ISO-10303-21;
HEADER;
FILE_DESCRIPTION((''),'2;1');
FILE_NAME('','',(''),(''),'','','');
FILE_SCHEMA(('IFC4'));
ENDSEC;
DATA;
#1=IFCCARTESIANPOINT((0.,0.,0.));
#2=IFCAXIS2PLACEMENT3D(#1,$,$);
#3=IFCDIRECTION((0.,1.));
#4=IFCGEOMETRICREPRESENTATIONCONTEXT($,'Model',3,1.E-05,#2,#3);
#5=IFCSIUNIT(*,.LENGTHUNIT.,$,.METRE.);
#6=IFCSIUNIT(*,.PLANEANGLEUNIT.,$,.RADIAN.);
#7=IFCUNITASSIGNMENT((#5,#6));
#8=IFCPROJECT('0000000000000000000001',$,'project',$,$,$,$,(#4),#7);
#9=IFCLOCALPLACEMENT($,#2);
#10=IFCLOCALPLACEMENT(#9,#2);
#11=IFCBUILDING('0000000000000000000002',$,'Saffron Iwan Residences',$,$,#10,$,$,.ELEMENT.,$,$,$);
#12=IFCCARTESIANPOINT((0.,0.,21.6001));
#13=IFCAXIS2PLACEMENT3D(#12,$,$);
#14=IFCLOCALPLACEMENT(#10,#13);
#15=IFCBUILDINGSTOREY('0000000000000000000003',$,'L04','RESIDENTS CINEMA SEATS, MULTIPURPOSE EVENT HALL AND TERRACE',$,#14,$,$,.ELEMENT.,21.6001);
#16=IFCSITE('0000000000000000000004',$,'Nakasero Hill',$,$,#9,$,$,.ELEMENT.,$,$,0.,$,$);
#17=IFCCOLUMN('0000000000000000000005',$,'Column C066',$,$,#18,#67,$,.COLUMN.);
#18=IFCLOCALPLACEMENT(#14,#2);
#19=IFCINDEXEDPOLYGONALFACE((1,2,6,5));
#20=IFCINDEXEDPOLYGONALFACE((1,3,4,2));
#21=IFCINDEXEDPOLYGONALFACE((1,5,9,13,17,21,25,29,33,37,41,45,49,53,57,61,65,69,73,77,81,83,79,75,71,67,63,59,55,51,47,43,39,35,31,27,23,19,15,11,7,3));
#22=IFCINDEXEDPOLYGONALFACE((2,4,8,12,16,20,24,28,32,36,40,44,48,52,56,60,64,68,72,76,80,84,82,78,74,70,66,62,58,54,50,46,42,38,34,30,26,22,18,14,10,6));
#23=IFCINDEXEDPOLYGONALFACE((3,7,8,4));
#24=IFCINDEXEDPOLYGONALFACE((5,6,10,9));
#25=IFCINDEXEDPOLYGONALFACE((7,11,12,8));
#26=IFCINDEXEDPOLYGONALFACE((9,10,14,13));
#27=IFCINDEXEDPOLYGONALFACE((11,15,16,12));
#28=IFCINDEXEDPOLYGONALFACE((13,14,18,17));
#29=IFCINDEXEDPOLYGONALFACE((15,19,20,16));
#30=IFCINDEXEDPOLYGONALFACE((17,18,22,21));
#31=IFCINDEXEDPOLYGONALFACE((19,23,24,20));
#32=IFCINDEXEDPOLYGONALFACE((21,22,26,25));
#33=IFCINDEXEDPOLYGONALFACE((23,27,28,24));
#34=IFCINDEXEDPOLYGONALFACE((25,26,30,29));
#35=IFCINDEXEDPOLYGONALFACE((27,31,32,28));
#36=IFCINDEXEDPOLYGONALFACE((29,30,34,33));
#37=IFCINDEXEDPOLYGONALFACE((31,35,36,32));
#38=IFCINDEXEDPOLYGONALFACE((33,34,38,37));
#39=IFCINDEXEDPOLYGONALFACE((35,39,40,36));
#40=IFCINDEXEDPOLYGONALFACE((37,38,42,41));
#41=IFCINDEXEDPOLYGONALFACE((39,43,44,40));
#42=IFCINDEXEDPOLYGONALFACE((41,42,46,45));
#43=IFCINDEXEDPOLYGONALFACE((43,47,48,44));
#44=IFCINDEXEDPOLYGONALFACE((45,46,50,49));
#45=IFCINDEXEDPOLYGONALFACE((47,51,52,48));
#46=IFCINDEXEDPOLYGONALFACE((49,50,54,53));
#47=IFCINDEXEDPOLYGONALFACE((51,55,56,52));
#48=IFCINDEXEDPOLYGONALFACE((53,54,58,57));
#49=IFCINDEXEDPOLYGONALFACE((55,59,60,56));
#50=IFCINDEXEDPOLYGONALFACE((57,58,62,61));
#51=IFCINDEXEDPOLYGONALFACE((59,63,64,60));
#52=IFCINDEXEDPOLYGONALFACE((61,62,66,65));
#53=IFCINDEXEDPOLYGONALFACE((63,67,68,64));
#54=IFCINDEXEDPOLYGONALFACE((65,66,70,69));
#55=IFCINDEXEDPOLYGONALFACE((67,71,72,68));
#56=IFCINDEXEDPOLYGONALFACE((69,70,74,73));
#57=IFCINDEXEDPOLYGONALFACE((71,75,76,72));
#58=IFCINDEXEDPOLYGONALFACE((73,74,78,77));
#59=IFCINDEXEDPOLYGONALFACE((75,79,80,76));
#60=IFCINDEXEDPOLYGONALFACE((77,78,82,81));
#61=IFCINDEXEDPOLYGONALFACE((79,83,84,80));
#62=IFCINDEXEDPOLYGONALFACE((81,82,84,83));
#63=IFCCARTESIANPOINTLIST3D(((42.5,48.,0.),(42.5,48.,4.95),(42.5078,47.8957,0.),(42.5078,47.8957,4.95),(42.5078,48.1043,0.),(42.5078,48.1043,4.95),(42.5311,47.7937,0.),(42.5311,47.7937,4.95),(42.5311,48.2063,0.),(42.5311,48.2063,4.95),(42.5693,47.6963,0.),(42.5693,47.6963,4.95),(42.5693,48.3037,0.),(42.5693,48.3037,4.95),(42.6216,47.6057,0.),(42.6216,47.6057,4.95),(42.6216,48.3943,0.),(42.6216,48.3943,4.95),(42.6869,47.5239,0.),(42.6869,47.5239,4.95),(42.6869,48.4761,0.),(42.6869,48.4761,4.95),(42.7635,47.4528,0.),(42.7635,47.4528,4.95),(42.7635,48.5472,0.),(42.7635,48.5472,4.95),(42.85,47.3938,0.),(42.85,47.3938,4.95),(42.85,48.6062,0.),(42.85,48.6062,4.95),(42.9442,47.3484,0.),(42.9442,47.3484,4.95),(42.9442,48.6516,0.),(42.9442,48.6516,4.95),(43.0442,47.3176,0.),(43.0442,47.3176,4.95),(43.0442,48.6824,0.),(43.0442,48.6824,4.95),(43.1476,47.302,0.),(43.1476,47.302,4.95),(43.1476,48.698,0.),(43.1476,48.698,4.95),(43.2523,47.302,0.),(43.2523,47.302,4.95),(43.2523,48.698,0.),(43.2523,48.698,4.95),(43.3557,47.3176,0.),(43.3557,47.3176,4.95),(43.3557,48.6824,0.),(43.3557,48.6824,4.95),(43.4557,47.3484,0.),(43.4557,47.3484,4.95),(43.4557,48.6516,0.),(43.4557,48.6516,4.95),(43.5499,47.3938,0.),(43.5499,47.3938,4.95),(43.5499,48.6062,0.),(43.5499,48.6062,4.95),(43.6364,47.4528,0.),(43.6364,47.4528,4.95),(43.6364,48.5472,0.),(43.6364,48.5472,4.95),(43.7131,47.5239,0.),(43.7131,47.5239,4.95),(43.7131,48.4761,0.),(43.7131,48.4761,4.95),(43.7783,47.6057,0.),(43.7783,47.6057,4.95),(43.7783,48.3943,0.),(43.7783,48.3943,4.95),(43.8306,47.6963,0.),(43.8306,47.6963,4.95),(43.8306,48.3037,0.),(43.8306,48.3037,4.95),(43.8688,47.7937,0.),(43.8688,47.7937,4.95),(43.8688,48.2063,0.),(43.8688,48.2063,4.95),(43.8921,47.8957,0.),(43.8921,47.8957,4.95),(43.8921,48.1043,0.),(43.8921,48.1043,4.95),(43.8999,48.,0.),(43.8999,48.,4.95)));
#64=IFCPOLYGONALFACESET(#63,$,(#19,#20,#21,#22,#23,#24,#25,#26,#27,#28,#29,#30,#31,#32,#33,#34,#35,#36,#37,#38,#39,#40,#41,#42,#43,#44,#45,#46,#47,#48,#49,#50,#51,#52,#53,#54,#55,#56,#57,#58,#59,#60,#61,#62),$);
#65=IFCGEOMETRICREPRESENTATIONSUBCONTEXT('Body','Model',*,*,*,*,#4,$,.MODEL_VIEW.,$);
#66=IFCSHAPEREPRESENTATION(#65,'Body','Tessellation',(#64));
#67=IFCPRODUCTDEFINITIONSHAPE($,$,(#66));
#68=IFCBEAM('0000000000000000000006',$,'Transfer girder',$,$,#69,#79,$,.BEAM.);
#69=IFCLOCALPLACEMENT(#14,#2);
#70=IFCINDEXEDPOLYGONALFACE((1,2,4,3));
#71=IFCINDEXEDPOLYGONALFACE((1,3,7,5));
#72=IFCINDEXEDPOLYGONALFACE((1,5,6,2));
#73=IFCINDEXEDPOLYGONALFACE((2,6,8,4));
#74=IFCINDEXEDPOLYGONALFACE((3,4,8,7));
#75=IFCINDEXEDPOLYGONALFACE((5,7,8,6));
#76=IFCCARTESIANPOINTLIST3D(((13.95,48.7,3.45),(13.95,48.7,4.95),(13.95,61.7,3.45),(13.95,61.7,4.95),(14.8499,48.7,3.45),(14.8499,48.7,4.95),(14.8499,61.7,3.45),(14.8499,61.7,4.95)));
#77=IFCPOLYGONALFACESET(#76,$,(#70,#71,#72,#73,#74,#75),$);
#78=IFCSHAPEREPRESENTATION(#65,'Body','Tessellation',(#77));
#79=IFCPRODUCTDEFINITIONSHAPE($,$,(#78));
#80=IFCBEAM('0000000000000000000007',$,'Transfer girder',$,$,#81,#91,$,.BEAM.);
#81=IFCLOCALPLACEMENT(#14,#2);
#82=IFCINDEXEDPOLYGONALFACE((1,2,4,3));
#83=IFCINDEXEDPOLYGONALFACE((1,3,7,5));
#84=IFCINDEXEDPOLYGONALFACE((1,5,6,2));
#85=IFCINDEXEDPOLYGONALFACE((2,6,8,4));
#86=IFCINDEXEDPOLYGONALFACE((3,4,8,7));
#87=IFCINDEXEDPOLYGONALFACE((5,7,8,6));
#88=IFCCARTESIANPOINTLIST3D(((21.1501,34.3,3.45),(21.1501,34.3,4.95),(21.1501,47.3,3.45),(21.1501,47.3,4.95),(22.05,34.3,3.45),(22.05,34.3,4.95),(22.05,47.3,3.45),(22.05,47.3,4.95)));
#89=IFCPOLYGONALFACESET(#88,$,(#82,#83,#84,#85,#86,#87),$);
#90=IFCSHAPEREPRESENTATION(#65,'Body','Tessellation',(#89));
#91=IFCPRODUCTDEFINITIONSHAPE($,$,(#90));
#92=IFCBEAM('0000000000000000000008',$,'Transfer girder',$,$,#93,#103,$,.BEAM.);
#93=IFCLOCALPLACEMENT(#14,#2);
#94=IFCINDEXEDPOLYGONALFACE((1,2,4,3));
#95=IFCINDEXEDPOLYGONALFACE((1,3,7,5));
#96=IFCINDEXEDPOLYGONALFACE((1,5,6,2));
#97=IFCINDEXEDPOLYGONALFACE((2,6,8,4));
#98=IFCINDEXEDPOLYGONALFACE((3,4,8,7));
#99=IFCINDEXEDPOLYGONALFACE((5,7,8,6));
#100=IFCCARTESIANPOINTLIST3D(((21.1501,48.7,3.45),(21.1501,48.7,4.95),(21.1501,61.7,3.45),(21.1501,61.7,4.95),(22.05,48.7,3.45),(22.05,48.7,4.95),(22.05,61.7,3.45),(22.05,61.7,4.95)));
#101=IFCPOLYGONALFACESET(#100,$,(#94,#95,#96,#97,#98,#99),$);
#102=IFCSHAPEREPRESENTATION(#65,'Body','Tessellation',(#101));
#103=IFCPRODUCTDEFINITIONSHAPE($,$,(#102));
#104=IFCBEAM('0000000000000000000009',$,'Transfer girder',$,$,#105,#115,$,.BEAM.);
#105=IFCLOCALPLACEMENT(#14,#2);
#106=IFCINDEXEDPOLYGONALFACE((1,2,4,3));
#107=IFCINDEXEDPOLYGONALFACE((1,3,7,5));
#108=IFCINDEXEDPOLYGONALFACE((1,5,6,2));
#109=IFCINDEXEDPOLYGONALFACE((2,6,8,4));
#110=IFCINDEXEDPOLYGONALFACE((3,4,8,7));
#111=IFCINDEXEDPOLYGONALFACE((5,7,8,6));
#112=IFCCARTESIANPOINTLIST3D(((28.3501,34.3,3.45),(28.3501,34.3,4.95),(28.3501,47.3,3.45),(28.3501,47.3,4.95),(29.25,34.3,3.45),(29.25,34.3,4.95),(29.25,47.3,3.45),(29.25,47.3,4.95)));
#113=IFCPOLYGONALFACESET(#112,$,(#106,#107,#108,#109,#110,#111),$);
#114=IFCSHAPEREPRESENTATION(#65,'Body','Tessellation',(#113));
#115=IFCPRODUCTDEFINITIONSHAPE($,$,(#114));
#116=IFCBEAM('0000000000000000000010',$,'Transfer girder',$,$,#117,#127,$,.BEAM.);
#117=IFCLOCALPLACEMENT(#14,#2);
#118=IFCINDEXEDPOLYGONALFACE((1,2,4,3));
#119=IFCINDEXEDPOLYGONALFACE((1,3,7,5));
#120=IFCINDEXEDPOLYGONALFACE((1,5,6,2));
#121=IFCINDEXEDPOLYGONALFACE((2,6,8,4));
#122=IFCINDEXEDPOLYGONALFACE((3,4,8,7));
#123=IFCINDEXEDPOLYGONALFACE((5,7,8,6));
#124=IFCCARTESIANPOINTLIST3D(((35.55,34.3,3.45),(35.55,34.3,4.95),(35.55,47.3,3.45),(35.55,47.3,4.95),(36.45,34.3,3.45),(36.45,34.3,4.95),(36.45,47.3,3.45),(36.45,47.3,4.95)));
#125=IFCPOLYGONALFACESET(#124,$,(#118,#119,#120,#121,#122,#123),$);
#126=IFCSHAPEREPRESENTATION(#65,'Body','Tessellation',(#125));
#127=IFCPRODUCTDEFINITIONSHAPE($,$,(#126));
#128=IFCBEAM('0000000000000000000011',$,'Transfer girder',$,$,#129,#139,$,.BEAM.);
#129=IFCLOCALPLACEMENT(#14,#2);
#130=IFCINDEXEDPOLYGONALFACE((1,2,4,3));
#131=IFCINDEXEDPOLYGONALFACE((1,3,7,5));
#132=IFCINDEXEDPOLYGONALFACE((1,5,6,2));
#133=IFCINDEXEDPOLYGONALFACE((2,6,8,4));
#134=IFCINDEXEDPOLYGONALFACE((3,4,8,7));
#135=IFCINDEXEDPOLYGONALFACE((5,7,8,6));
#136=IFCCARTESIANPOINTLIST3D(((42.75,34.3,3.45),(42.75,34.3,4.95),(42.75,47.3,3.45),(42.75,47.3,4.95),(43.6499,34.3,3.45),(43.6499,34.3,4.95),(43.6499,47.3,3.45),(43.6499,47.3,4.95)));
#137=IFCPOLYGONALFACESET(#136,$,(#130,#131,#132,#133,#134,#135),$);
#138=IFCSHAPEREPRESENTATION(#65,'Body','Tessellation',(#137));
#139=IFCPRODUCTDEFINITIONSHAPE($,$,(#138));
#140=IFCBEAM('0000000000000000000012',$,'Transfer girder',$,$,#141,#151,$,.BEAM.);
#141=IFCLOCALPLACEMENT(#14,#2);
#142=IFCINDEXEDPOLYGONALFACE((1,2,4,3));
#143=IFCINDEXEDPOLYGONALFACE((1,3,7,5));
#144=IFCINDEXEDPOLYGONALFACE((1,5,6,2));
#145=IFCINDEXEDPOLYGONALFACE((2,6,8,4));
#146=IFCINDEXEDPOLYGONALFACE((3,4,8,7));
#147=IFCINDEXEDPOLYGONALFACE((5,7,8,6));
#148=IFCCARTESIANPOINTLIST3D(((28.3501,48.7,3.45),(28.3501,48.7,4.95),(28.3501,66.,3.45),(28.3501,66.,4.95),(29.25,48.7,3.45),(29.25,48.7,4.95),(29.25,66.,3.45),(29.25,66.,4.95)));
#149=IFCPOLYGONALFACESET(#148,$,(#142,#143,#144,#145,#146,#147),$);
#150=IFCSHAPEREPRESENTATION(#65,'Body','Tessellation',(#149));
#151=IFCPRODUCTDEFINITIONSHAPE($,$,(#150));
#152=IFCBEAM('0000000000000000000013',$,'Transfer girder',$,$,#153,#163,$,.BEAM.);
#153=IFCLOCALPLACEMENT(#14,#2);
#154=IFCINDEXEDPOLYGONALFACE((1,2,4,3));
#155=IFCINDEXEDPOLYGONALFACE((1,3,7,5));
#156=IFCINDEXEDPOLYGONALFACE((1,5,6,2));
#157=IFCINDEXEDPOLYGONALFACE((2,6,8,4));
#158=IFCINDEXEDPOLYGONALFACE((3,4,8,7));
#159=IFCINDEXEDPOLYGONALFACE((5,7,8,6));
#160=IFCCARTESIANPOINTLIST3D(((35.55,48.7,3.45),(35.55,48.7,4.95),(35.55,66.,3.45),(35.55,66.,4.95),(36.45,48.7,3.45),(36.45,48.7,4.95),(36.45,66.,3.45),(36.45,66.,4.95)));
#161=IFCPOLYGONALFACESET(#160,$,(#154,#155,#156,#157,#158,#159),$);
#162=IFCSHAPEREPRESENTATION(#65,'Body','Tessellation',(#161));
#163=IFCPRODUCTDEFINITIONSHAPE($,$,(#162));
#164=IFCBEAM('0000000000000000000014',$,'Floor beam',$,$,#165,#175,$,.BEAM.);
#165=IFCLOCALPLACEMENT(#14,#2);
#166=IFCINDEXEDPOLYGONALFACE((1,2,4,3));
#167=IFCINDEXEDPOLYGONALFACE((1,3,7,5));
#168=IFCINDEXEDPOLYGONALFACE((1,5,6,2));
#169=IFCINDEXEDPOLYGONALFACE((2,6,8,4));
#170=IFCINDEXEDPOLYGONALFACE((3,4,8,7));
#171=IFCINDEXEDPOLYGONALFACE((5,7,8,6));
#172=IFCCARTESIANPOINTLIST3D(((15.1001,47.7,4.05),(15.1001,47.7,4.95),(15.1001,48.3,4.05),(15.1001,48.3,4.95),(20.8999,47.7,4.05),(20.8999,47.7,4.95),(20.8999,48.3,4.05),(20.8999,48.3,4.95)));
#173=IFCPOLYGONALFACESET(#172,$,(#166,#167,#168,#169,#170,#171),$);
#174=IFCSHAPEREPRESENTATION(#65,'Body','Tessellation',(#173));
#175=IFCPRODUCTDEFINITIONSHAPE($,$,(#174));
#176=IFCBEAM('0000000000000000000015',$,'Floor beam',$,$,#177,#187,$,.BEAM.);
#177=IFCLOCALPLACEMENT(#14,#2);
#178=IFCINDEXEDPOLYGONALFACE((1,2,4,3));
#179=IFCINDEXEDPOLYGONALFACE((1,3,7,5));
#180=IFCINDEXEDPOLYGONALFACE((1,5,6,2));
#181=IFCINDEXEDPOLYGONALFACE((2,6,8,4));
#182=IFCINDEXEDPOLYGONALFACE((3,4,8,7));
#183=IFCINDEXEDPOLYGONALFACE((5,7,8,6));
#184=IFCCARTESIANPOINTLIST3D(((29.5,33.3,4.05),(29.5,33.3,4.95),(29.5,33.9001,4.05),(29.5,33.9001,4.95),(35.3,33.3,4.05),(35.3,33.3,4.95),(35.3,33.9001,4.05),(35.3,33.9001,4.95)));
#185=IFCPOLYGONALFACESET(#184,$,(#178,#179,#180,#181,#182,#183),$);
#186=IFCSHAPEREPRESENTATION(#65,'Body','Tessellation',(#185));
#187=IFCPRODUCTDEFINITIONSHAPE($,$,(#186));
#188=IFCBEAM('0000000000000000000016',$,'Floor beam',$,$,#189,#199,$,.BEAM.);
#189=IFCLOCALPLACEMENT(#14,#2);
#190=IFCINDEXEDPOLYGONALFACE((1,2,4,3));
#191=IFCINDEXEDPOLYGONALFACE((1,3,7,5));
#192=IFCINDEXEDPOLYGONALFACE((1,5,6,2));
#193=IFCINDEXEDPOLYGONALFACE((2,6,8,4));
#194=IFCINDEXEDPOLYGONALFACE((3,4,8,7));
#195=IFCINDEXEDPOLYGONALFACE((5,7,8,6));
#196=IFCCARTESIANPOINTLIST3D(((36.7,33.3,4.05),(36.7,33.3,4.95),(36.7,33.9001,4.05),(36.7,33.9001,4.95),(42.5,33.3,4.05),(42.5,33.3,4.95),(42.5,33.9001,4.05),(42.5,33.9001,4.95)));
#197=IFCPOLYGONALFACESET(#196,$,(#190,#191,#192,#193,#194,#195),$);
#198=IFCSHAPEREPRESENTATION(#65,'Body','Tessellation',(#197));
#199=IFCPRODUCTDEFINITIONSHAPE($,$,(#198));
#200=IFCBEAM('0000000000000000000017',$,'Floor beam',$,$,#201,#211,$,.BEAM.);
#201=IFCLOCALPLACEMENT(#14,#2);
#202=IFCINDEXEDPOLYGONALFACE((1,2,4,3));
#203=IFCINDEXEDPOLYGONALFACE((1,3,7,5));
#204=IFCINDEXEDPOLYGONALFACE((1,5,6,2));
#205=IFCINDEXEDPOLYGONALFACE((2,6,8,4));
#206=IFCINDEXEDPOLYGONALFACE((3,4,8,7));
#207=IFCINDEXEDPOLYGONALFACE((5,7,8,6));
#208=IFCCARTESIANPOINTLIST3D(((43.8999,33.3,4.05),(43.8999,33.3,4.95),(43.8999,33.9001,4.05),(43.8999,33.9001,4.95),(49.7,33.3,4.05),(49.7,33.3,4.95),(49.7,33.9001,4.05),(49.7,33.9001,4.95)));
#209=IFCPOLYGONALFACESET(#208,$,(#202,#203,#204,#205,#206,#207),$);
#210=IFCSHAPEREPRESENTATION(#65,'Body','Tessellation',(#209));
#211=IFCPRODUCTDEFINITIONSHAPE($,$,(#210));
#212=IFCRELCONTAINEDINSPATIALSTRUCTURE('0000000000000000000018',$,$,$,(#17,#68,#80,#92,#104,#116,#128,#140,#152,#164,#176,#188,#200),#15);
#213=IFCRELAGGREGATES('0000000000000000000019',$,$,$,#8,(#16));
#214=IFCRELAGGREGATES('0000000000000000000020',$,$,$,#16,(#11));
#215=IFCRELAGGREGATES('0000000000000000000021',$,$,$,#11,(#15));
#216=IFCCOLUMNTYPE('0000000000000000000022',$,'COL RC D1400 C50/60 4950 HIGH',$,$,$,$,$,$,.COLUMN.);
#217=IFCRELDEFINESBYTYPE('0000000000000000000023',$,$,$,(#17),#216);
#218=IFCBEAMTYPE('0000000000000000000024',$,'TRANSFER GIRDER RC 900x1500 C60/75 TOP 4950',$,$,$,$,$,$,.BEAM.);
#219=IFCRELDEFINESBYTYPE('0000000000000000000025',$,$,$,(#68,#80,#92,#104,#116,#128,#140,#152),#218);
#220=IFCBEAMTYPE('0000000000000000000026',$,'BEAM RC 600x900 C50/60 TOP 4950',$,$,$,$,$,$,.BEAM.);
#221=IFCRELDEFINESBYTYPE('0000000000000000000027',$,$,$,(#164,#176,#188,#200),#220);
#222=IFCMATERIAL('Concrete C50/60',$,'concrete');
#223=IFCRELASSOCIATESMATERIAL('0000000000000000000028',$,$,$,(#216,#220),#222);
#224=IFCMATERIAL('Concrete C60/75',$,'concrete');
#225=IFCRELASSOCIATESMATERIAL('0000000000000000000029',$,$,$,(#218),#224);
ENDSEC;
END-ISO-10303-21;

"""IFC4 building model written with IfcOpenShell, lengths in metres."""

from ifc_helpers import new_model, si_unit, direction, frame, origin, origin_2d, place, context, subcontext, project, spatial, rectangle, circle, extrude, source, transform, mapped, material, material_profile, profile_set, type_object, element, save


model = new_model("IFC4")

# Units and contexts
model_context = context("Model", 3, precision=1e-05, world=origin(), true_north=direction((0.0, 1.0)))
body_context = subcontext(model_context, "Body", "Model", "MODEL_VIEW")
ifc_project = project(units=[si_unit("LENGTHUNIT", "METRE"), si_unit("PLANEANGLEUNIT", "RADIAN")], contexts=[model_context])

# Site, building, storey
site_placement = place(None, origin())
site = spatial("IfcSite", under=ifc_project, at=site_placement, Name="Nakasero Hill", CompositionType="ELEMENT", RefElevation=0.0)
building_placement = place(site_placement, origin())
building = spatial("IfcBuilding", under=site, at=building_placement, Name="Saffron Iwan Residences", CompositionType="ELEMENT")
storey_placement = place(building_placement, frame((0.0, 0.0, 21.6001)))
storey = spatial("IfcBuildingStorey", under=building, at=storey_placement, Name="L04", Description="RESIDENTS CINEMA SEATS, MULTIPURPOSE EVENT HALL AND TERRACE", CompositionType="ELEMENT", Elevation=21.6001)

# Column
ifc_material_1 = material(Name="Concrete C50/60", Category="concrete")
ifc_material_profile_1 = material_profile(ifc_material_1, circle(Radius=0.7, at=origin_2d()), Name="RC D1400")
ifc_profile_set_1 = profile_set([ifc_material_profile_1], Name="Concrete C50/60")
column_type = type_object("IfcColumnType", Name="COL RC D1400 C50/60 4950 HIGH", PredefinedType="COLUMN", material=ifc_profile_set_1)
shared_shape_1 = source(origin(), body_context, "Body", "SweptSolid", [
    extrude(circle(Radius=0.7, at=origin_2d()), origin(), (0.0, 0.0, 1.0), 4.95),
])
for number, where, z_axis, x_axis, name in (
    (1, (43.2, 48.0, 0.0), (0.0, 0.0, 1.0), (1.0, 0.0, 0.0), "Column C066"),
):
    element("IfcColumn", number, at=place(storey_placement, frame(where, z_axis=z_axis, x_axis=x_axis)), inside=storey, type_object=column_type, Name=name, PredefinedType="COLUMN", context=body_context, shape_type="MappedRepresentation", body=[
        mapped(shared_shape_1, transform((0.0, 0.0, 0.0))),
    ])

# Beams
ifc_material_2 = material(Name="Concrete C60/75", Category="concrete")
ifc_material_profile_2 = material_profile(ifc_material_2, rectangle(XDim=0.8999, YDim=1.5, at=origin_2d()), Name="RC 900x1500")
ifc_profile_set_2 = profile_set([ifc_material_profile_2], Name="Concrete C60/75")
beam_type_1 = type_object("IfcBeamType", Name="TRANSFER GIRDER RC 900x1500 C60/75 TOP 4950", PredefinedType="BEAM", material=ifc_profile_set_2)
shared_shape_2 = source(origin(), body_context, "Body", "SweptSolid", [
    extrude(rectangle(XDim=0.8999, YDim=1.5, at=origin_2d()), origin(), (0.0, 0.0, 1.0), 13.0),
])
for number, where, z_axis, x_axis, name in (
    (2, (14.3999, 48.7, 4.2), (0.0, 1.0, 0.0), (-1.0, 0.0, 0.0), "Transfer girder"),
    (3, (21.6001, 34.3, 4.2), (0.0, 1.0, 0.0), (-1.0, 0.0, 0.0), "Transfer girder"),
    (4, (21.6001, 48.7, 4.2), (0.0, 1.0, 0.0), (-1.0, 0.0, 0.0), "Transfer girder"),
    (5, (28.8, 34.3, 4.2), (0.0, 1.0, 0.0), (-1.0, 0.0, 0.0), "Transfer girder"),
    (6, (36.0, 34.3, 4.2), (0.0, 1.0, 0.0), (-1.0, 0.0, 0.0), "Transfer girder"),
    (7, (43.2, 34.3, 4.2), (0.0, 1.0, 0.0), (-1.0, 0.0, 0.0), "Transfer girder"),
):
    element("IfcBeam", number, at=place(storey_placement, frame(where, z_axis=z_axis, x_axis=x_axis)), inside=storey, type_object=beam_type_1, Name=name, PredefinedType="BEAM", context=body_context, shape_type="MappedRepresentation", body=[
        mapped(shared_shape_2, transform((0.0, 0.0, 0.0))),
    ])
shared_shape_3 = source(origin(), body_context, "Body", "SweptSolid", [
    extrude(rectangle(XDim=0.8999, YDim=1.5, at=origin_2d()), origin(), (0.0, 0.0, 1.0), 17.3),
])
for number, where, z_axis, x_axis, name in (
    (8, (28.8, 48.7, 4.2), (0.0, 1.0, 0.0), (-1.0, 0.0, 0.0), "Transfer girder"),
    (9, (36.0, 48.7, 4.2), (0.0, 1.0, 0.0), (-1.0, 0.0, 0.0), "Transfer girder"),
):
    element("IfcBeam", number, at=place(storey_placement, frame(where, z_axis=z_axis, x_axis=x_axis)), inside=storey, type_object=beam_type_1, Name=name, PredefinedType="BEAM", context=body_context, shape_type="MappedRepresentation", body=[
        mapped(shared_shape_3, transform((0.0, 0.0, 0.0))),
    ])
ifc_material_profile_3 = material_profile(ifc_material_1, rectangle(XDim=0.6001, YDim=0.8999, at=origin_2d()), Name="RC 600x900")
ifc_profile_set_3 = profile_set([ifc_material_profile_3], Name="Concrete C50/60")
beam_type_2 = type_object("IfcBeamType", Name="BEAM RC 600x900 C50/60 TOP 4950", PredefinedType="BEAM", material=ifc_profile_set_3)
shared_shape_4 = source(origin(), body_context, "Body", "SweptSolid", [
    extrude(rectangle(XDim=0.6001, YDim=0.8999, at=origin_2d()), origin(), (0.0, 0.0, 1.0), 5.7998),
])
beam_placement = place(storey_placement, frame((15.1001, 48.0, 4.5), z_axis=(1.0, 0.0, 0.0), x_axis=(0.0, 1.0, 0.0)))
element("IfcBeam", 10, at=beam_placement, inside=storey, type_object=beam_type_2, Name="Floor beam", PredefinedType="BEAM", context=body_context, shape_type="MappedRepresentation", body=[
    mapped(shared_shape_4, transform((0.0, 0.0, 0.0))),
])
shared_shape_5 = source(origin(), body_context, "Body", "SweptSolid", [
    extrude(rectangle(XDim=0.6001, YDim=0.8999, at=origin_2d()), origin(), (0.0, 0.0, 1.0), 5.8),
])
for number, where, z_axis, x_axis, name in (
    (11, (29.5, 33.6001, 4.5), (1.0, 0.0, 0.0), (0.0, 1.0, 0.0), "Floor beam"),
    (12, (36.7, 33.6001, 4.5), (1.0, 0.0, 0.0), (0.0, 1.0, 0.0), "Floor beam"),
    (13, (43.8999, 33.6001, 4.5), (1.0, 0.0, 0.0), (0.0, 1.0, 0.0), "Floor beam"),
):
    element("IfcBeam", number, at=place(storey_placement, frame(where, z_axis=z_axis, x_axis=x_axis)), inside=storey, type_object=beam_type_2, Name=name, PredefinedType="BEAM", context=body_context, shape_type="MappedRepresentation", body=[
        mapped(shared_shape_5, transform((0.0, 0.0, 0.0))),
    ])

save(model, "model.ifc")
